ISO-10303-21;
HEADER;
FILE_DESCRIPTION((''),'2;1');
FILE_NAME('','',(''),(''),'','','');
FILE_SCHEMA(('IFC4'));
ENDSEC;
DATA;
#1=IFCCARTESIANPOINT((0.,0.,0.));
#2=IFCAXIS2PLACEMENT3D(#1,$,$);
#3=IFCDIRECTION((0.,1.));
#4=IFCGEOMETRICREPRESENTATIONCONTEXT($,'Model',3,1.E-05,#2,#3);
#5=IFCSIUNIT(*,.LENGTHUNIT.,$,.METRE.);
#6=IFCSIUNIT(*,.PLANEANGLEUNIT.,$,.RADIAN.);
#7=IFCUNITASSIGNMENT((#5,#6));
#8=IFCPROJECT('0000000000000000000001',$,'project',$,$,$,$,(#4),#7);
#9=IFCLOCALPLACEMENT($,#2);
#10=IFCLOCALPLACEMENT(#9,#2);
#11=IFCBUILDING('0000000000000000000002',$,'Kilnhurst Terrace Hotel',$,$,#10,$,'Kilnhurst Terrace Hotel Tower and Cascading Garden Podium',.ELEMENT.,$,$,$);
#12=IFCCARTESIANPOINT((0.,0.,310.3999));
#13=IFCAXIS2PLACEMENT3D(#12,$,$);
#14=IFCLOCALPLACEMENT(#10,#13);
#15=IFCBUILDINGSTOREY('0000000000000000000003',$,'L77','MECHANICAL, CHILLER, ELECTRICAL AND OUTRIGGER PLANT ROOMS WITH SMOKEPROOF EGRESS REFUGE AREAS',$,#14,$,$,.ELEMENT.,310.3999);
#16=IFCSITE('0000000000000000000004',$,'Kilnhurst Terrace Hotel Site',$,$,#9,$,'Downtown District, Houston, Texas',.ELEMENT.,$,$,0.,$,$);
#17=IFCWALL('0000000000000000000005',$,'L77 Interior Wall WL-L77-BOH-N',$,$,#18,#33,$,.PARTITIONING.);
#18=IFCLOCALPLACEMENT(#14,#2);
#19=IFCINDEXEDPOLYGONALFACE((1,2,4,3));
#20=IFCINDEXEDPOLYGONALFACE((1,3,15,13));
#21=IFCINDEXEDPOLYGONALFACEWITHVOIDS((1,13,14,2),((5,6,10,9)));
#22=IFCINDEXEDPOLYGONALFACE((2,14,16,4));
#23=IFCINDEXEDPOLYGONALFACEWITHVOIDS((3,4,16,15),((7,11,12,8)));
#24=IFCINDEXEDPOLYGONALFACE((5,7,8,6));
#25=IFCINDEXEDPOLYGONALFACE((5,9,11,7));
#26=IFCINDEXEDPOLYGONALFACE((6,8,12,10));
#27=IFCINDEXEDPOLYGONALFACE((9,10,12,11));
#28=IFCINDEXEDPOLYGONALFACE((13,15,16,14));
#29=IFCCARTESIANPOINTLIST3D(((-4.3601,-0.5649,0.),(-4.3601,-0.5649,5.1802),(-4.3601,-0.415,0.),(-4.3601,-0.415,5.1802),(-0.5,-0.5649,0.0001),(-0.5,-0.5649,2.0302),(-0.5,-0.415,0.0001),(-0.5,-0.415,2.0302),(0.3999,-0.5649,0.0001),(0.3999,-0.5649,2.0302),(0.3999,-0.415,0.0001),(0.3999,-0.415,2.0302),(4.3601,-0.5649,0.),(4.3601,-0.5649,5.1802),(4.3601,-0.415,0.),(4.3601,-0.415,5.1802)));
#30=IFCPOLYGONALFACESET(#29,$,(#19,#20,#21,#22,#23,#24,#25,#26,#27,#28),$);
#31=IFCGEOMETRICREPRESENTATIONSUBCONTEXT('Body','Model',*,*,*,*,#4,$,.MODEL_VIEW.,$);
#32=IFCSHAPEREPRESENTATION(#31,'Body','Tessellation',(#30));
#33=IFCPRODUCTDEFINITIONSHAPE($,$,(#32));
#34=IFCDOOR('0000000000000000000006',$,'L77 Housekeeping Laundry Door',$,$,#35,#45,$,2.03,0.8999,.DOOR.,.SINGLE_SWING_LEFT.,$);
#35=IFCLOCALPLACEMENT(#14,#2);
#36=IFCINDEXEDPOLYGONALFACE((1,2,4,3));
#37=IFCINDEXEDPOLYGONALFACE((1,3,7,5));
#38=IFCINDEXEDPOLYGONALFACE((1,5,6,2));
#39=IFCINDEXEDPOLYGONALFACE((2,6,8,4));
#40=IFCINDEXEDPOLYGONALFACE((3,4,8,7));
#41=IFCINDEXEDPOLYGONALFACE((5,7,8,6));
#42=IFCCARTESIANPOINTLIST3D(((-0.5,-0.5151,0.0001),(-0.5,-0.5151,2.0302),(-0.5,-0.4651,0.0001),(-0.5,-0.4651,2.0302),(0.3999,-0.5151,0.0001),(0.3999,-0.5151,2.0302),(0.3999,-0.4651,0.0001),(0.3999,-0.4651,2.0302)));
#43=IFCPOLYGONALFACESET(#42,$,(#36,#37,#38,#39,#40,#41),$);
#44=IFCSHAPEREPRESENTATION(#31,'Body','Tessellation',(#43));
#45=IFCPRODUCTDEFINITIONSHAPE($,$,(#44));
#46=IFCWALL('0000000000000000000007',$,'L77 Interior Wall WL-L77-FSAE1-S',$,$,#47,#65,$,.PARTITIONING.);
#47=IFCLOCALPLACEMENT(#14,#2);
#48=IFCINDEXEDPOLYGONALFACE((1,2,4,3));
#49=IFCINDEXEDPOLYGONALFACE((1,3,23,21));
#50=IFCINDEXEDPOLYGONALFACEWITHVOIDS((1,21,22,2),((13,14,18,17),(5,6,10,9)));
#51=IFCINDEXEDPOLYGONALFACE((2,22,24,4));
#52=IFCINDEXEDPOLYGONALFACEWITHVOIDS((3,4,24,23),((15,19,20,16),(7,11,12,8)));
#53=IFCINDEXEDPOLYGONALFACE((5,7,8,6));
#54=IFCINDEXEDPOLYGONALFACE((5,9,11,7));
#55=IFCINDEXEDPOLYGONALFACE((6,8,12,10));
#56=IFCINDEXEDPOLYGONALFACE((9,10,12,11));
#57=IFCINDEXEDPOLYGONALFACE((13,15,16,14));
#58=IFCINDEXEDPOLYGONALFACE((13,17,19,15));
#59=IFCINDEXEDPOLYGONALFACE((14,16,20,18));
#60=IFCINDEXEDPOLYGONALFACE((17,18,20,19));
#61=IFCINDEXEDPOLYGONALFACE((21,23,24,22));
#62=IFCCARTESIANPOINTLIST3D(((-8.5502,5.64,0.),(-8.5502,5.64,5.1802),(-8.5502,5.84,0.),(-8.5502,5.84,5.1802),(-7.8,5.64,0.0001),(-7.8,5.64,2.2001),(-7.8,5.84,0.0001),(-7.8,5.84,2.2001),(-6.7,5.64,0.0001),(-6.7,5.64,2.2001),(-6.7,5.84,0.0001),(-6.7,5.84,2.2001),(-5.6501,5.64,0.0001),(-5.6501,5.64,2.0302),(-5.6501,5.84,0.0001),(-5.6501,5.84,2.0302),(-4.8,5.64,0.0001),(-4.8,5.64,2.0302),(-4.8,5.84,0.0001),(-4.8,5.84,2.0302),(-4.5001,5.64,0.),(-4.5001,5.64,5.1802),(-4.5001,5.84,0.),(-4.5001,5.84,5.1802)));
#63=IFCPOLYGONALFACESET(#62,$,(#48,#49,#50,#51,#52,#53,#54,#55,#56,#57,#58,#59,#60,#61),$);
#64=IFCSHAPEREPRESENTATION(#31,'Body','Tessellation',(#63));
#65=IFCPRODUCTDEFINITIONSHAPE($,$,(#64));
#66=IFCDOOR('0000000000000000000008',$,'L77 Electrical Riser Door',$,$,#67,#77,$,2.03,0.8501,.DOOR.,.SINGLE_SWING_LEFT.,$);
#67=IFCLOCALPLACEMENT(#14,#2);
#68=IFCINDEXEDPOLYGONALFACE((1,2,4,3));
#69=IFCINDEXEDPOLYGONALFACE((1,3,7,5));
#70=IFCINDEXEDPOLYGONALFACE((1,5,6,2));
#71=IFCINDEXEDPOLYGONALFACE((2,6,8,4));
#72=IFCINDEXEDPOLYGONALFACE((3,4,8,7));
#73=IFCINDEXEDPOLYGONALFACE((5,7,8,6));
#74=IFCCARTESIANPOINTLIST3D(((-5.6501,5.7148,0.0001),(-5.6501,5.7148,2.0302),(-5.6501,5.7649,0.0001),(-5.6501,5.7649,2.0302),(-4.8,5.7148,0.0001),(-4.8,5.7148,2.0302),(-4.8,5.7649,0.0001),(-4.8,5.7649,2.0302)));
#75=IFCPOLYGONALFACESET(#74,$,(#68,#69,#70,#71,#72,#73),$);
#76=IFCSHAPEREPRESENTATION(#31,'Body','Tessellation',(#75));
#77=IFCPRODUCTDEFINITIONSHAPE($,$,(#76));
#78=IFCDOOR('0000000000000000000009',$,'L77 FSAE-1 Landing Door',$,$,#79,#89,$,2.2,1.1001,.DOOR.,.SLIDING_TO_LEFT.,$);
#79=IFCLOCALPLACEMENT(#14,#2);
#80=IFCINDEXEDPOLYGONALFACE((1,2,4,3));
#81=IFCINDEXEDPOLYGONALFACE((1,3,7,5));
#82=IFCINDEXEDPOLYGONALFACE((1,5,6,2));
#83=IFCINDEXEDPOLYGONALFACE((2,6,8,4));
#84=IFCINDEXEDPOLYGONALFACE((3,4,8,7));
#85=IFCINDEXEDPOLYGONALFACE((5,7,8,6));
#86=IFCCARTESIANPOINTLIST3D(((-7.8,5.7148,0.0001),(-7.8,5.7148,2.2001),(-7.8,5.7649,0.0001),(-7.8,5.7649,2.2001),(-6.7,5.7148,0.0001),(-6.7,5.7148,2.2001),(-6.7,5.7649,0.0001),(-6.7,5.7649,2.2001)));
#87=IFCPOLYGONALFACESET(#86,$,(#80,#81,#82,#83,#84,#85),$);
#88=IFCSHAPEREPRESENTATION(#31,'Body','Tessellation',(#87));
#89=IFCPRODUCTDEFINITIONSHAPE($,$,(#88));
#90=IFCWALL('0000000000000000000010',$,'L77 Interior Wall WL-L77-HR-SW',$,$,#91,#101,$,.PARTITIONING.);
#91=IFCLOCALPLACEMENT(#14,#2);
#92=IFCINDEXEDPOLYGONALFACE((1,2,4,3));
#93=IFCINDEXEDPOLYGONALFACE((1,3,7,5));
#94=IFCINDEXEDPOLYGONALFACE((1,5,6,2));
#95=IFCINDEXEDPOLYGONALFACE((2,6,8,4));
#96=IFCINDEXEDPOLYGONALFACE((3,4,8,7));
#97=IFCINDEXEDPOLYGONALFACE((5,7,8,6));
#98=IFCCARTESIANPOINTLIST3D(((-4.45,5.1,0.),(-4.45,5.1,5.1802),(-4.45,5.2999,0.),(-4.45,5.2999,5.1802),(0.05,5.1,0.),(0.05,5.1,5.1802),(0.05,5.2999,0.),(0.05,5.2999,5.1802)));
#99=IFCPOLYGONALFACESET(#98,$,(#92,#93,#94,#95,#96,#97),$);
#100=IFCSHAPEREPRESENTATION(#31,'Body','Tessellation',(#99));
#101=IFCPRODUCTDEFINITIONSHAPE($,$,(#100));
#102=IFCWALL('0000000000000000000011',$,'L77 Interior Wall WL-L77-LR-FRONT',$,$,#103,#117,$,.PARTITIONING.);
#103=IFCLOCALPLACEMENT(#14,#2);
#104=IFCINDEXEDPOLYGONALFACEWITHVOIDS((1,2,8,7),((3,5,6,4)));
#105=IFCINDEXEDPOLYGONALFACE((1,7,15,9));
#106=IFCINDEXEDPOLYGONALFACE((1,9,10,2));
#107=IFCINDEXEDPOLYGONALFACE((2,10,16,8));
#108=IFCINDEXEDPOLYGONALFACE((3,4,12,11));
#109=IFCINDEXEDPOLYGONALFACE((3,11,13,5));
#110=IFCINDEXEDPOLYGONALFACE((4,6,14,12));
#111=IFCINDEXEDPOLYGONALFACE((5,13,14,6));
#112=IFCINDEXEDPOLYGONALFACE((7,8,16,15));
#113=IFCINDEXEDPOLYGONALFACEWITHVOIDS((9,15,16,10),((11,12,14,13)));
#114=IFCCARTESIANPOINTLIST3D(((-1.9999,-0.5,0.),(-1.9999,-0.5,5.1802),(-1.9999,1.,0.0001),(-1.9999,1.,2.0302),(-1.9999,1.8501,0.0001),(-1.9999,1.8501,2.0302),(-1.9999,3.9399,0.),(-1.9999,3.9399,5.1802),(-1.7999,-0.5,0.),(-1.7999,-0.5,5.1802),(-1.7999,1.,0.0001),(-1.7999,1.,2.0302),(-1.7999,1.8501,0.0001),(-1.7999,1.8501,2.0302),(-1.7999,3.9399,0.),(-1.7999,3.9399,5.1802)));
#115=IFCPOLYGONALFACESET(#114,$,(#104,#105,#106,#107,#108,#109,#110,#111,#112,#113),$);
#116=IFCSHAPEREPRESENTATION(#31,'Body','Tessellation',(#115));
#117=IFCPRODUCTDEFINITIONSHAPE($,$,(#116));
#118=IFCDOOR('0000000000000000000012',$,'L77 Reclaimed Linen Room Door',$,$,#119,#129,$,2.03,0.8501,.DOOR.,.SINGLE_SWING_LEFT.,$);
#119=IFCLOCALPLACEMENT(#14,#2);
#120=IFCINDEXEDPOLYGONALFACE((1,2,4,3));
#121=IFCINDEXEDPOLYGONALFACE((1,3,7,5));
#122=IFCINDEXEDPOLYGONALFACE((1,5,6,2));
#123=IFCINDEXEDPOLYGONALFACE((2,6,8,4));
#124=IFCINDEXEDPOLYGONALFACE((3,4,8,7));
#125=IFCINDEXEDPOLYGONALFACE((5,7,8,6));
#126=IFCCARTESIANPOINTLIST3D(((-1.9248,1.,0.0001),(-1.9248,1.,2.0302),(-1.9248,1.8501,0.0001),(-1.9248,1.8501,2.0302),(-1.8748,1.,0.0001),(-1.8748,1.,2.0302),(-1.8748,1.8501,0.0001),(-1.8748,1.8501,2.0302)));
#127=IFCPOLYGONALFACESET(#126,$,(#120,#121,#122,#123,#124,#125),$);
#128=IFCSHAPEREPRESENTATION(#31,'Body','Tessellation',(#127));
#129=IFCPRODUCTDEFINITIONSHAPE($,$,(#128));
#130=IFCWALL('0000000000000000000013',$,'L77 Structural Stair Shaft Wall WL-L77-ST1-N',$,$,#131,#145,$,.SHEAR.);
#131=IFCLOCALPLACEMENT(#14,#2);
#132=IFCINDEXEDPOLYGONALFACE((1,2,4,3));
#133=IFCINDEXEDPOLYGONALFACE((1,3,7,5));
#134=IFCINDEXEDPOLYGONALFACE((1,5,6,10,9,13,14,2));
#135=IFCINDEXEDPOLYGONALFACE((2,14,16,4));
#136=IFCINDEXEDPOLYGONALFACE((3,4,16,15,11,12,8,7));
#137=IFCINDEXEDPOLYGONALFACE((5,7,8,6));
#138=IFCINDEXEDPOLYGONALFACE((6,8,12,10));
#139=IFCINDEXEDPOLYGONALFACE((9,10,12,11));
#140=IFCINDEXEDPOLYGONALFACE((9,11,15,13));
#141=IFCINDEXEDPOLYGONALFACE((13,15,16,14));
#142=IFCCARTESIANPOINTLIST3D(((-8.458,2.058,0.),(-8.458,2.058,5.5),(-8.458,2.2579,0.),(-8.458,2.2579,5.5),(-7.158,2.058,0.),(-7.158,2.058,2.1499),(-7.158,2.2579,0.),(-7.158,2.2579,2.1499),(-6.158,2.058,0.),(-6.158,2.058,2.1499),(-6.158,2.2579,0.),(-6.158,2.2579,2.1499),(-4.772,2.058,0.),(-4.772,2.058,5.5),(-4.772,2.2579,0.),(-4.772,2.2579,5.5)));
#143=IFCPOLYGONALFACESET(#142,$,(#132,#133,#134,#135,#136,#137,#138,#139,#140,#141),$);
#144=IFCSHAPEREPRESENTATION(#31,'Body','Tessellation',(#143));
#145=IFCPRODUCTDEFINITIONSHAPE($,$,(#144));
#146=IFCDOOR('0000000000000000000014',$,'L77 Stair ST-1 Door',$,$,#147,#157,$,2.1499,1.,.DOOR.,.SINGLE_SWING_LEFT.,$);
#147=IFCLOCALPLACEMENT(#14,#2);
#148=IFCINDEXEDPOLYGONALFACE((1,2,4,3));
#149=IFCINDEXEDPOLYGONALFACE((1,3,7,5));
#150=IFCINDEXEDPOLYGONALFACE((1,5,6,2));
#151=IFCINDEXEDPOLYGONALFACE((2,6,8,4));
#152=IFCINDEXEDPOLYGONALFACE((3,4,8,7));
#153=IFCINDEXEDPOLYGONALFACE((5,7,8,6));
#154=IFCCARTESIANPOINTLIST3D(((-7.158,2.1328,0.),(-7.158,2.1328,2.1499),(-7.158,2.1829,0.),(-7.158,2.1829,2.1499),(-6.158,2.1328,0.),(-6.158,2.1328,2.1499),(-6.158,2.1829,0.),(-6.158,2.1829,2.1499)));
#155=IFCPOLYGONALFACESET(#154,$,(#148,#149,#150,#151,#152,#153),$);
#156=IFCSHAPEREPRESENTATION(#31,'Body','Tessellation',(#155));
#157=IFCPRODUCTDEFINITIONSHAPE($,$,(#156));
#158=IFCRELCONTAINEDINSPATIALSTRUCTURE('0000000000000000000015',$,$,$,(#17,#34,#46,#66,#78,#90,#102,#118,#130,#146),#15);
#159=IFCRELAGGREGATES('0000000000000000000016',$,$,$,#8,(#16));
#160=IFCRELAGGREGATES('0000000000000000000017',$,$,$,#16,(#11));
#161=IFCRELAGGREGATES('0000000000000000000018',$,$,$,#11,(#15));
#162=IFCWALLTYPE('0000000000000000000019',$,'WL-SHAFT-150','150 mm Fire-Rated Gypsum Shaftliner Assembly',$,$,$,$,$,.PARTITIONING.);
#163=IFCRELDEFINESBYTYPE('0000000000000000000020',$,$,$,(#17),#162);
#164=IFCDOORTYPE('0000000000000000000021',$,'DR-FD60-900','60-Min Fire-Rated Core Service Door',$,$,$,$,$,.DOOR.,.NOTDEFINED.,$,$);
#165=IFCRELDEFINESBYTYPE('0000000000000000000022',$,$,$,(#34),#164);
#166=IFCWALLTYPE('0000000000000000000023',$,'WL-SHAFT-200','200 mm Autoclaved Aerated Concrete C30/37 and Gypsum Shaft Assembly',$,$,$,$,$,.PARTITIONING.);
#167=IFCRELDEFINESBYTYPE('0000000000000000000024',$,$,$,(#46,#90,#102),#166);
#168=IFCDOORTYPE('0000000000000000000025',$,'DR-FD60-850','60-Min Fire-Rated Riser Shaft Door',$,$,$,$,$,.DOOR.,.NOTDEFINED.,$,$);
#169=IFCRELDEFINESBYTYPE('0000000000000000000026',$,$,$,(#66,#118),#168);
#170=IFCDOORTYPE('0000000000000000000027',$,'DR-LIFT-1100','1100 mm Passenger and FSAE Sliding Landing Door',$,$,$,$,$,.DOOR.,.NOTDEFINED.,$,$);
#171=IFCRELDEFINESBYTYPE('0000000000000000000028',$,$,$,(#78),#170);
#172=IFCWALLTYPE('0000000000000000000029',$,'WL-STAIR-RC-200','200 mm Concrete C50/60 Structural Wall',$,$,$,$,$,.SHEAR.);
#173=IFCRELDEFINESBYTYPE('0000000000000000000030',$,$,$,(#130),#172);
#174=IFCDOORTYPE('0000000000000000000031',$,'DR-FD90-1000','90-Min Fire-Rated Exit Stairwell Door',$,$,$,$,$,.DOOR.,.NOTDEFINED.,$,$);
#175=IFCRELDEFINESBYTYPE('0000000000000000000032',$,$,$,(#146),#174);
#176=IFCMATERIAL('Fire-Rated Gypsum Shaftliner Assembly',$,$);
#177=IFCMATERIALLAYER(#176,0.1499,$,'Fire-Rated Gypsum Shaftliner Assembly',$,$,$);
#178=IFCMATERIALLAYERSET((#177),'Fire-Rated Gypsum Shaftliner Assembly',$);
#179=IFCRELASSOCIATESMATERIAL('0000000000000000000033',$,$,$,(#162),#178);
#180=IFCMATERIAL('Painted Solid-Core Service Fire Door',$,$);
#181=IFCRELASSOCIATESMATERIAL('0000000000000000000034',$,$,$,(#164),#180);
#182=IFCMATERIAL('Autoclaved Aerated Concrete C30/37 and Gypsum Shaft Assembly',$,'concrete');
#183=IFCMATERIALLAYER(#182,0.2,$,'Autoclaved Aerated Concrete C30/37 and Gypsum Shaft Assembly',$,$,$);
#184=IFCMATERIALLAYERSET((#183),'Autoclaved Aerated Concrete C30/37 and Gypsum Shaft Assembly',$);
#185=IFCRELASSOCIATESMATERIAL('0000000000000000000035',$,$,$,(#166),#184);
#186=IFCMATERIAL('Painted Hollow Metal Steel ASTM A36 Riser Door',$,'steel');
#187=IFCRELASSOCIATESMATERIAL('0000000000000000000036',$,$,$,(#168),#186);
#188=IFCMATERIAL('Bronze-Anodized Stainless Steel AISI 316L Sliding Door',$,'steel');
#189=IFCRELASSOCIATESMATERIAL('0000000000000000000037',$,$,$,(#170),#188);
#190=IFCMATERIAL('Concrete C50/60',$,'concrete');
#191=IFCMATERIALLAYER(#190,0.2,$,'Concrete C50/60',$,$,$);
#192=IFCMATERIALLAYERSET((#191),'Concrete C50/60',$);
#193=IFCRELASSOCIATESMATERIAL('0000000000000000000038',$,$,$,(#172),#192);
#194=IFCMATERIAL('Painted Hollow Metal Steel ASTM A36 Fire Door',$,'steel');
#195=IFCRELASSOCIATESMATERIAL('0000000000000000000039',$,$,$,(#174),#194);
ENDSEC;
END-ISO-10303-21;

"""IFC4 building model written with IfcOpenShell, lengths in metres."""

from ifc_helpers import new_model, si_unit, direction, frame, frame_2d, origin, place, context, subcontext, project, spatial, rectangle, extrude, material, layer, layer_set, type_object, element, fill, save


model = new_model("IFC4")

# Units and contexts
model_context = context("Model", 3, precision=1e-05, world=origin(), true_north=direction((0.0, 1.0)))
body_context = subcontext(model_context, "Body", "Model", "MODEL_VIEW")
ifc_project = project(units=[si_unit("LENGTHUNIT", "METRE"), si_unit("PLANEANGLEUNIT", "RADIAN")], contexts=[model_context])

# Site, building, storey
site_placement = place(None, origin())
site = spatial("IfcSite", under=ifc_project, at=site_placement, Name="Kilnhurst Terrace Hotel Site", LongName="Downtown District, Houston, Texas", CompositionType="ELEMENT", RefElevation=0.0)
building_placement = place(site_placement, origin())
building = spatial("IfcBuilding", under=site, at=building_placement, Name="Kilnhurst Terrace Hotel", LongName="Kilnhurst Terrace Hotel Tower and Cascading Garden Podium", CompositionType="ELEMENT")
storey_placement = place(building_placement, frame((0.0, 0.0, 310.3999)))
storey = spatial("IfcBuildingStorey", under=building, at=storey_placement, Name="L77", Description="MECHANICAL, CHILLER, ELECTRICAL AND OUTRIGGER PLANT ROOMS WITH SMOKEPROOF EGRESS REFUGE AREAS", CompositionType="ELEMENT", Elevation=310.3999)

# Shared definitions
ifc_material_1 = material(Name="Concrete C50/60", Category="concrete")

# Shared definitions
ifc_material_2 = material(Name="Fire-Rated Gypsum Shaftliner Assembly")
ifc_layer_1 = layer(ifc_material_2, 0.1499, Name="Fire-Rated Gypsum Shaftliner Assembly")
ifc_layer_set_1 = layer_set([ifc_layer_1], Name="Fire-Rated Gypsum Shaftliner Assembly")
wall_type_1 = type_object("IfcWallType", Name="WL-SHAFT-150", Description="150 mm Fire-Rated Gypsum Shaftliner Assembly", PredefinedType="PARTITIONING", material=ifc_layer_set_1)

# Wall, opening, door
wall_1_placement = place(storey_placement, frame((-4.3601, -0.49, 0.0), z_axis=(0.0, 0.0, 1.0), x_axis=(1.0, 0.0, 0.0)))
wall_1 = element("IfcWall", 1, at=wall_1_placement, inside=storey, type_object=wall_type_1, Name="L77 Interior Wall WL-L77-BOH-N", PredefinedType="PARTITIONING", context=body_context, shape_type="SweptSolid", body=[
    extrude(rectangle(XDim=8.7202, YDim=0.1499, at=frame_2d((4.3601, 0.0))), origin(), (0.0, 0.0, 1.0), 5.1802),
])
opening_1_placement = place(wall_1_placement, frame((3.8601, 0.0, 0.0)))
opening_1 = element("IfcOpeningElement", 2, at=opening_1_placement, cuts=wall_1, PredefinedType="OPENING", context=body_context, shape_type="SweptSolid", body=[
    extrude(rectangle(XDim=0.8999, YDim=2.03, at=frame_2d((0.45, 1.0151))), frame((0.0, 0.085, 0.0), z_axis=(0.0, -1.0, 0.0), x_axis=(1.0, 0.0, 0.0)), (0.0, 0.0, 1.0), 0.1699),
])
ifc_material_3 = material(Name="Painted Solid-Core Service Fire Door")
door_type_1 = type_object("IfcDoorType", Name="DR-FD60-900", Description="60-Min Fire-Rated Core Service Door", OperationType="NOTDEFINED", PredefinedType="DOOR", material=ifc_material_3)
door_1_placement = place(opening_1_placement, origin())
door_1 = element("IfcDoor", 3, at=door_1_placement, inside=storey, type_object=door_type_1, Name="L77 Housekeeping Laundry Door", OperationType="SINGLE_SWING_LEFT", OverallHeight=2.03, OverallWidth=0.8999, PredefinedType="DOOR", context=body_context, shape_type="SweptSolid", body=[
    extrude(rectangle(XDim=0.8999, YDim=2.03, at=frame_2d((0.45, 1.0151))), frame((0.0, 0.0249, 0.0), z_axis=(0.0, -1.0, 0.0), x_axis=(1.0, 0.0, 0.0)), (0.0, 0.0, 1.0), 0.05),
])
fill(opening_1, door_1)

# Wall, openings, doors
ifc_material_4 = material(Name="Autoclaved Aerated Concrete C30/37 and Gypsum Shaft Assembly", Category="concrete")
ifc_layer_2 = layer(ifc_material_4, 0.2, Name="Autoclaved Aerated Concrete C30/37 and Gypsum Shaft Assembly")
ifc_layer_set_2 = layer_set([ifc_layer_2], Name="Autoclaved Aerated Concrete C30/37 and Gypsum Shaft Assembly")
wall_type_2 = type_object("IfcWallType", Name="WL-SHAFT-200", Description="200 mm Autoclaved Aerated Concrete C30/37 and Gypsum Shaft Assembly", PredefinedType="PARTITIONING", material=ifc_layer_set_2)
wall_2_placement = place(storey_placement, frame((-8.55, 5.74, 0.0), z_axis=(0.0, 0.0, 1.0), x_axis=(1.0, 0.0, 0.0)))
wall_2 = element("IfcWall", 4, at=wall_2_placement, inside=storey, type_object=wall_type_2, Name="L77 Interior Wall WL-L77-FSAE1-S", PredefinedType="PARTITIONING", context=body_context, shape_type="SweptSolid", body=[
    extrude(rectangle(XDim=4.05, YDim=0.2, at=frame_2d((2.0249, 0.0))), origin(), (0.0, 0.0, 1.0), 5.1802),
])
opening_2_placement = place(wall_2_placement, frame((0.75, 0.0, 0.0)))
opening_2 = element("IfcOpeningElement", 5, at=opening_2_placement, cuts=wall_2, PredefinedType="OPENING", context=body_context, shape_type="SweptSolid", body=[
    extrude(rectangle(XDim=1.1001, YDim=2.2, at=frame_2d((0.55, 1.1001))), frame((0.0, 0.1099, 0.0), z_axis=(0.0, -1.0, 0.0), x_axis=(1.0, 0.0, 0.0)), (0.0, 0.0, 1.0), 0.22),
])
opening_3_placement = place(wall_2_placement, frame((2.8999, 0.0, 0.0)))
opening_3 = element("IfcOpeningElement", 6, at=opening_3_placement, cuts=wall_2, PredefinedType="OPENING", context=body_context, shape_type="SweptSolid", body=[
    extrude(rectangle(XDim=0.8501, YDim=2.03, at=frame_2d((0.425, 1.0151))), frame((0.0, 0.1099, 0.0), z_axis=(0.0, -1.0, 0.0), x_axis=(1.0, 0.0, 0.0)), (0.0, 0.0, 1.0), 0.22),
])
ifc_material_5 = material(Name="Painted Hollow Metal Steel ASTM A36 Riser Door", Category="steel")
door_type_2 = type_object("IfcDoorType", Name="DR-FD60-850", Description="60-Min Fire-Rated Riser Shaft Door", OperationType="NOTDEFINED", PredefinedType="DOOR", material=ifc_material_5)
door_2_placement = place(opening_3_placement, origin())
door_2 = element("IfcDoor", 7, at=door_2_placement, inside=storey, type_object=door_type_2, Name="L77 Electrical Riser Door", OperationType="SINGLE_SWING_LEFT", OverallHeight=2.03, OverallWidth=0.8501, PredefinedType="DOOR", context=body_context, shape_type="SweptSolid", body=[
    extrude(rectangle(XDim=0.8501, YDim=2.03, at=frame_2d((0.425, 1.0151))), frame((0.0, 0.0249, 0.0), z_axis=(0.0, -1.0, 0.0), x_axis=(1.0, 0.0, 0.0)), (0.0, 0.0, 1.0), 0.05),
])
fill(opening_3, door_2)
ifc_material_6 = material(Name="Bronze-Anodized Stainless Steel AISI 316L Sliding Door", Category="steel")
door_type_3 = type_object("IfcDoorType", Name="DR-LIFT-1100", Description="1100 mm Passenger and FSAE Sliding Landing Door", OperationType="NOTDEFINED", PredefinedType="DOOR", material=ifc_material_6)
door_3_placement = place(opening_2_placement, origin())
door_3 = element("IfcDoor", 8, at=door_3_placement, inside=storey, type_object=door_type_3, Name="L77 FSAE-1 Landing Door", OperationType="SLIDING_TO_LEFT", OverallHeight=2.2, OverallWidth=1.1001, PredefinedType="DOOR", context=body_context, shape_type="SweptSolid", body=[
    extrude(rectangle(XDim=1.1001, YDim=2.2, at=frame_2d((0.55, 1.1001))), frame((0.0, 0.0249, 0.0), z_axis=(0.0, -1.0, 0.0), x_axis=(1.0, 0.0, 0.0)), (0.0, 0.0, 1.0), 0.05),
])
fill(opening_2, door_3)

# Wall
wall_3_placement = place(storey_placement, frame((-4.45, 5.2, 0.0), z_axis=(0.0, 0.0, 1.0), x_axis=(1.0, 0.0, 0.0)))
element("IfcWall", 9, at=wall_3_placement, inside=storey, type_object=wall_type_2, Name="L77 Interior Wall WL-L77-HR-SW", PredefinedType="PARTITIONING", context=body_context, shape_type="SweptSolid", body=[
    extrude(rectangle(XDim=4.5, YDim=0.2, at=frame_2d((2.25, 0.0))), origin(), (0.0, 0.0, 1.0), 5.1802),
])

# Walls, openings, doors
wall_4_placement = place(storey_placement, frame((-1.8999, -0.5, 0.0), z_axis=(0.0, 0.0, 1.0), x_axis=(0.0, 1.0, 0.0)))
wall_4 = element("IfcWall", 10, at=wall_4_placement, inside=storey, type_object=wall_type_2, Name="L77 Interior Wall WL-L77-LR-FRONT", PredefinedType="PARTITIONING", context=body_context, shape_type="SweptSolid", body=[
    extrude(rectangle(XDim=4.4399, YDim=0.2, at=frame_2d((2.22, 0.0))), origin(), (0.0, 0.0, 1.0), 5.1802),
])
opening_4_placement = place(wall_4_placement, frame((1.5, 0.0, 0.0)))
opening_4 = element("IfcOpeningElement", 11, at=opening_4_placement, cuts=wall_4, PredefinedType="OPENING", context=body_context, shape_type="SweptSolid", body=[
    extrude(rectangle(XDim=0.8501, YDim=2.03, at=frame_2d((0.425, 1.0151))), frame((0.0, 0.1099, 0.0), z_axis=(0.0, -1.0, 0.0), x_axis=(1.0, 0.0, 0.0)), (0.0, 0.0, 1.0), 0.22),
])
door_4_placement = place(opening_4_placement, origin())
door_4 = element("IfcDoor", 12, at=door_4_placement, inside=storey, type_object=door_type_2, Name="L77 Reclaimed Linen Room Door", OperationType="SINGLE_SWING_LEFT", OverallHeight=2.03, OverallWidth=0.8501, PredefinedType="DOOR", context=body_context, shape_type="SweptSolid", body=[
    extrude(rectangle(XDim=0.8501, YDim=2.03, at=frame_2d((0.425, 1.0151))), frame((0.0, 0.0249, 0.0), z_axis=(0.0, -1.0, 0.0), x_axis=(1.0, 0.0, 0.0)), (0.0, 0.0, 1.0), 0.05),
])
fill(opening_4, door_4)
ifc_layer_3 = layer(ifc_material_1, 0.2, Name="Concrete C50/60")
ifc_layer_set_3 = layer_set([ifc_layer_3], Name="Concrete C50/60")
wall_type_3 = type_object("IfcWallType", Name="WL-STAIR-RC-200", Description="200 mm Concrete C50/60 Structural Wall", PredefinedType="SHEAR", material=ifc_layer_set_3)
wall_5_placement = place(storey_placement, frame((-8.458, 2.158, 0.0), z_axis=(0.0, 0.0, 1.0), x_axis=(1.0, 0.0, 0.0)))
wall_5 = element("IfcWall", 13, at=wall_5_placement, inside=storey, type_object=wall_type_3, Name="L77 Structural Stair Shaft Wall WL-L77-ST1-N", PredefinedType="SHEAR", context=body_context, shape_type="SweptSolid", body=[
    extrude(rectangle(XDim=3.686, YDim=0.2, at=frame_2d((1.843, 0.0))), origin(), (0.0, 0.0, 1.0), 5.5),
])
opening_5_placement = place(wall_5_placement, frame((1.3, 0.0, 0.0)))
opening_5 = element("IfcOpeningElement", 14, at=opening_5_placement, cuts=wall_5, PredefinedType="OPENING", context=body_context, shape_type="SweptSolid", body=[
    extrude(rectangle(XDim=1.0, YDim=2.1499, at=frame_2d((0.5, 1.075))), frame((0.0, 0.1099, 0.0), z_axis=(0.0, -1.0, 0.0), x_axis=(1.0, 0.0, 0.0)), (0.0, 0.0, 1.0), 0.22),
])
ifc_material_7 = material(Name="Painted Hollow Metal Steel ASTM A36 Fire Door", Category="steel")
door_type_4 = type_object("IfcDoorType", Name="DR-FD90-1000", Description="90-Min Fire-Rated Exit Stairwell Door", OperationType="NOTDEFINED", PredefinedType="DOOR", material=ifc_material_7)
door_5_placement = place(opening_5_placement, origin())
door_5 = element("IfcDoor", 15, at=door_5_placement, inside=storey, type_object=door_type_4, Name="L77 Stair ST-1 Door", OperationType="SINGLE_SWING_LEFT", OverallHeight=2.1499, OverallWidth=1.0, PredefinedType="DOOR", context=body_context, shape_type="SweptSolid", body=[
    extrude(rectangle(XDim=1.0, YDim=2.1499, at=frame_2d((0.5, 1.075))), frame((0.0, 0.0249, 0.0), z_axis=(0.0, -1.0, 0.0), x_axis=(1.0, 0.0, 0.0)), (0.0, 0.0, 1.0), 0.05),
])
fill(opening_5, door_5)

save(model, "model.ifc")
